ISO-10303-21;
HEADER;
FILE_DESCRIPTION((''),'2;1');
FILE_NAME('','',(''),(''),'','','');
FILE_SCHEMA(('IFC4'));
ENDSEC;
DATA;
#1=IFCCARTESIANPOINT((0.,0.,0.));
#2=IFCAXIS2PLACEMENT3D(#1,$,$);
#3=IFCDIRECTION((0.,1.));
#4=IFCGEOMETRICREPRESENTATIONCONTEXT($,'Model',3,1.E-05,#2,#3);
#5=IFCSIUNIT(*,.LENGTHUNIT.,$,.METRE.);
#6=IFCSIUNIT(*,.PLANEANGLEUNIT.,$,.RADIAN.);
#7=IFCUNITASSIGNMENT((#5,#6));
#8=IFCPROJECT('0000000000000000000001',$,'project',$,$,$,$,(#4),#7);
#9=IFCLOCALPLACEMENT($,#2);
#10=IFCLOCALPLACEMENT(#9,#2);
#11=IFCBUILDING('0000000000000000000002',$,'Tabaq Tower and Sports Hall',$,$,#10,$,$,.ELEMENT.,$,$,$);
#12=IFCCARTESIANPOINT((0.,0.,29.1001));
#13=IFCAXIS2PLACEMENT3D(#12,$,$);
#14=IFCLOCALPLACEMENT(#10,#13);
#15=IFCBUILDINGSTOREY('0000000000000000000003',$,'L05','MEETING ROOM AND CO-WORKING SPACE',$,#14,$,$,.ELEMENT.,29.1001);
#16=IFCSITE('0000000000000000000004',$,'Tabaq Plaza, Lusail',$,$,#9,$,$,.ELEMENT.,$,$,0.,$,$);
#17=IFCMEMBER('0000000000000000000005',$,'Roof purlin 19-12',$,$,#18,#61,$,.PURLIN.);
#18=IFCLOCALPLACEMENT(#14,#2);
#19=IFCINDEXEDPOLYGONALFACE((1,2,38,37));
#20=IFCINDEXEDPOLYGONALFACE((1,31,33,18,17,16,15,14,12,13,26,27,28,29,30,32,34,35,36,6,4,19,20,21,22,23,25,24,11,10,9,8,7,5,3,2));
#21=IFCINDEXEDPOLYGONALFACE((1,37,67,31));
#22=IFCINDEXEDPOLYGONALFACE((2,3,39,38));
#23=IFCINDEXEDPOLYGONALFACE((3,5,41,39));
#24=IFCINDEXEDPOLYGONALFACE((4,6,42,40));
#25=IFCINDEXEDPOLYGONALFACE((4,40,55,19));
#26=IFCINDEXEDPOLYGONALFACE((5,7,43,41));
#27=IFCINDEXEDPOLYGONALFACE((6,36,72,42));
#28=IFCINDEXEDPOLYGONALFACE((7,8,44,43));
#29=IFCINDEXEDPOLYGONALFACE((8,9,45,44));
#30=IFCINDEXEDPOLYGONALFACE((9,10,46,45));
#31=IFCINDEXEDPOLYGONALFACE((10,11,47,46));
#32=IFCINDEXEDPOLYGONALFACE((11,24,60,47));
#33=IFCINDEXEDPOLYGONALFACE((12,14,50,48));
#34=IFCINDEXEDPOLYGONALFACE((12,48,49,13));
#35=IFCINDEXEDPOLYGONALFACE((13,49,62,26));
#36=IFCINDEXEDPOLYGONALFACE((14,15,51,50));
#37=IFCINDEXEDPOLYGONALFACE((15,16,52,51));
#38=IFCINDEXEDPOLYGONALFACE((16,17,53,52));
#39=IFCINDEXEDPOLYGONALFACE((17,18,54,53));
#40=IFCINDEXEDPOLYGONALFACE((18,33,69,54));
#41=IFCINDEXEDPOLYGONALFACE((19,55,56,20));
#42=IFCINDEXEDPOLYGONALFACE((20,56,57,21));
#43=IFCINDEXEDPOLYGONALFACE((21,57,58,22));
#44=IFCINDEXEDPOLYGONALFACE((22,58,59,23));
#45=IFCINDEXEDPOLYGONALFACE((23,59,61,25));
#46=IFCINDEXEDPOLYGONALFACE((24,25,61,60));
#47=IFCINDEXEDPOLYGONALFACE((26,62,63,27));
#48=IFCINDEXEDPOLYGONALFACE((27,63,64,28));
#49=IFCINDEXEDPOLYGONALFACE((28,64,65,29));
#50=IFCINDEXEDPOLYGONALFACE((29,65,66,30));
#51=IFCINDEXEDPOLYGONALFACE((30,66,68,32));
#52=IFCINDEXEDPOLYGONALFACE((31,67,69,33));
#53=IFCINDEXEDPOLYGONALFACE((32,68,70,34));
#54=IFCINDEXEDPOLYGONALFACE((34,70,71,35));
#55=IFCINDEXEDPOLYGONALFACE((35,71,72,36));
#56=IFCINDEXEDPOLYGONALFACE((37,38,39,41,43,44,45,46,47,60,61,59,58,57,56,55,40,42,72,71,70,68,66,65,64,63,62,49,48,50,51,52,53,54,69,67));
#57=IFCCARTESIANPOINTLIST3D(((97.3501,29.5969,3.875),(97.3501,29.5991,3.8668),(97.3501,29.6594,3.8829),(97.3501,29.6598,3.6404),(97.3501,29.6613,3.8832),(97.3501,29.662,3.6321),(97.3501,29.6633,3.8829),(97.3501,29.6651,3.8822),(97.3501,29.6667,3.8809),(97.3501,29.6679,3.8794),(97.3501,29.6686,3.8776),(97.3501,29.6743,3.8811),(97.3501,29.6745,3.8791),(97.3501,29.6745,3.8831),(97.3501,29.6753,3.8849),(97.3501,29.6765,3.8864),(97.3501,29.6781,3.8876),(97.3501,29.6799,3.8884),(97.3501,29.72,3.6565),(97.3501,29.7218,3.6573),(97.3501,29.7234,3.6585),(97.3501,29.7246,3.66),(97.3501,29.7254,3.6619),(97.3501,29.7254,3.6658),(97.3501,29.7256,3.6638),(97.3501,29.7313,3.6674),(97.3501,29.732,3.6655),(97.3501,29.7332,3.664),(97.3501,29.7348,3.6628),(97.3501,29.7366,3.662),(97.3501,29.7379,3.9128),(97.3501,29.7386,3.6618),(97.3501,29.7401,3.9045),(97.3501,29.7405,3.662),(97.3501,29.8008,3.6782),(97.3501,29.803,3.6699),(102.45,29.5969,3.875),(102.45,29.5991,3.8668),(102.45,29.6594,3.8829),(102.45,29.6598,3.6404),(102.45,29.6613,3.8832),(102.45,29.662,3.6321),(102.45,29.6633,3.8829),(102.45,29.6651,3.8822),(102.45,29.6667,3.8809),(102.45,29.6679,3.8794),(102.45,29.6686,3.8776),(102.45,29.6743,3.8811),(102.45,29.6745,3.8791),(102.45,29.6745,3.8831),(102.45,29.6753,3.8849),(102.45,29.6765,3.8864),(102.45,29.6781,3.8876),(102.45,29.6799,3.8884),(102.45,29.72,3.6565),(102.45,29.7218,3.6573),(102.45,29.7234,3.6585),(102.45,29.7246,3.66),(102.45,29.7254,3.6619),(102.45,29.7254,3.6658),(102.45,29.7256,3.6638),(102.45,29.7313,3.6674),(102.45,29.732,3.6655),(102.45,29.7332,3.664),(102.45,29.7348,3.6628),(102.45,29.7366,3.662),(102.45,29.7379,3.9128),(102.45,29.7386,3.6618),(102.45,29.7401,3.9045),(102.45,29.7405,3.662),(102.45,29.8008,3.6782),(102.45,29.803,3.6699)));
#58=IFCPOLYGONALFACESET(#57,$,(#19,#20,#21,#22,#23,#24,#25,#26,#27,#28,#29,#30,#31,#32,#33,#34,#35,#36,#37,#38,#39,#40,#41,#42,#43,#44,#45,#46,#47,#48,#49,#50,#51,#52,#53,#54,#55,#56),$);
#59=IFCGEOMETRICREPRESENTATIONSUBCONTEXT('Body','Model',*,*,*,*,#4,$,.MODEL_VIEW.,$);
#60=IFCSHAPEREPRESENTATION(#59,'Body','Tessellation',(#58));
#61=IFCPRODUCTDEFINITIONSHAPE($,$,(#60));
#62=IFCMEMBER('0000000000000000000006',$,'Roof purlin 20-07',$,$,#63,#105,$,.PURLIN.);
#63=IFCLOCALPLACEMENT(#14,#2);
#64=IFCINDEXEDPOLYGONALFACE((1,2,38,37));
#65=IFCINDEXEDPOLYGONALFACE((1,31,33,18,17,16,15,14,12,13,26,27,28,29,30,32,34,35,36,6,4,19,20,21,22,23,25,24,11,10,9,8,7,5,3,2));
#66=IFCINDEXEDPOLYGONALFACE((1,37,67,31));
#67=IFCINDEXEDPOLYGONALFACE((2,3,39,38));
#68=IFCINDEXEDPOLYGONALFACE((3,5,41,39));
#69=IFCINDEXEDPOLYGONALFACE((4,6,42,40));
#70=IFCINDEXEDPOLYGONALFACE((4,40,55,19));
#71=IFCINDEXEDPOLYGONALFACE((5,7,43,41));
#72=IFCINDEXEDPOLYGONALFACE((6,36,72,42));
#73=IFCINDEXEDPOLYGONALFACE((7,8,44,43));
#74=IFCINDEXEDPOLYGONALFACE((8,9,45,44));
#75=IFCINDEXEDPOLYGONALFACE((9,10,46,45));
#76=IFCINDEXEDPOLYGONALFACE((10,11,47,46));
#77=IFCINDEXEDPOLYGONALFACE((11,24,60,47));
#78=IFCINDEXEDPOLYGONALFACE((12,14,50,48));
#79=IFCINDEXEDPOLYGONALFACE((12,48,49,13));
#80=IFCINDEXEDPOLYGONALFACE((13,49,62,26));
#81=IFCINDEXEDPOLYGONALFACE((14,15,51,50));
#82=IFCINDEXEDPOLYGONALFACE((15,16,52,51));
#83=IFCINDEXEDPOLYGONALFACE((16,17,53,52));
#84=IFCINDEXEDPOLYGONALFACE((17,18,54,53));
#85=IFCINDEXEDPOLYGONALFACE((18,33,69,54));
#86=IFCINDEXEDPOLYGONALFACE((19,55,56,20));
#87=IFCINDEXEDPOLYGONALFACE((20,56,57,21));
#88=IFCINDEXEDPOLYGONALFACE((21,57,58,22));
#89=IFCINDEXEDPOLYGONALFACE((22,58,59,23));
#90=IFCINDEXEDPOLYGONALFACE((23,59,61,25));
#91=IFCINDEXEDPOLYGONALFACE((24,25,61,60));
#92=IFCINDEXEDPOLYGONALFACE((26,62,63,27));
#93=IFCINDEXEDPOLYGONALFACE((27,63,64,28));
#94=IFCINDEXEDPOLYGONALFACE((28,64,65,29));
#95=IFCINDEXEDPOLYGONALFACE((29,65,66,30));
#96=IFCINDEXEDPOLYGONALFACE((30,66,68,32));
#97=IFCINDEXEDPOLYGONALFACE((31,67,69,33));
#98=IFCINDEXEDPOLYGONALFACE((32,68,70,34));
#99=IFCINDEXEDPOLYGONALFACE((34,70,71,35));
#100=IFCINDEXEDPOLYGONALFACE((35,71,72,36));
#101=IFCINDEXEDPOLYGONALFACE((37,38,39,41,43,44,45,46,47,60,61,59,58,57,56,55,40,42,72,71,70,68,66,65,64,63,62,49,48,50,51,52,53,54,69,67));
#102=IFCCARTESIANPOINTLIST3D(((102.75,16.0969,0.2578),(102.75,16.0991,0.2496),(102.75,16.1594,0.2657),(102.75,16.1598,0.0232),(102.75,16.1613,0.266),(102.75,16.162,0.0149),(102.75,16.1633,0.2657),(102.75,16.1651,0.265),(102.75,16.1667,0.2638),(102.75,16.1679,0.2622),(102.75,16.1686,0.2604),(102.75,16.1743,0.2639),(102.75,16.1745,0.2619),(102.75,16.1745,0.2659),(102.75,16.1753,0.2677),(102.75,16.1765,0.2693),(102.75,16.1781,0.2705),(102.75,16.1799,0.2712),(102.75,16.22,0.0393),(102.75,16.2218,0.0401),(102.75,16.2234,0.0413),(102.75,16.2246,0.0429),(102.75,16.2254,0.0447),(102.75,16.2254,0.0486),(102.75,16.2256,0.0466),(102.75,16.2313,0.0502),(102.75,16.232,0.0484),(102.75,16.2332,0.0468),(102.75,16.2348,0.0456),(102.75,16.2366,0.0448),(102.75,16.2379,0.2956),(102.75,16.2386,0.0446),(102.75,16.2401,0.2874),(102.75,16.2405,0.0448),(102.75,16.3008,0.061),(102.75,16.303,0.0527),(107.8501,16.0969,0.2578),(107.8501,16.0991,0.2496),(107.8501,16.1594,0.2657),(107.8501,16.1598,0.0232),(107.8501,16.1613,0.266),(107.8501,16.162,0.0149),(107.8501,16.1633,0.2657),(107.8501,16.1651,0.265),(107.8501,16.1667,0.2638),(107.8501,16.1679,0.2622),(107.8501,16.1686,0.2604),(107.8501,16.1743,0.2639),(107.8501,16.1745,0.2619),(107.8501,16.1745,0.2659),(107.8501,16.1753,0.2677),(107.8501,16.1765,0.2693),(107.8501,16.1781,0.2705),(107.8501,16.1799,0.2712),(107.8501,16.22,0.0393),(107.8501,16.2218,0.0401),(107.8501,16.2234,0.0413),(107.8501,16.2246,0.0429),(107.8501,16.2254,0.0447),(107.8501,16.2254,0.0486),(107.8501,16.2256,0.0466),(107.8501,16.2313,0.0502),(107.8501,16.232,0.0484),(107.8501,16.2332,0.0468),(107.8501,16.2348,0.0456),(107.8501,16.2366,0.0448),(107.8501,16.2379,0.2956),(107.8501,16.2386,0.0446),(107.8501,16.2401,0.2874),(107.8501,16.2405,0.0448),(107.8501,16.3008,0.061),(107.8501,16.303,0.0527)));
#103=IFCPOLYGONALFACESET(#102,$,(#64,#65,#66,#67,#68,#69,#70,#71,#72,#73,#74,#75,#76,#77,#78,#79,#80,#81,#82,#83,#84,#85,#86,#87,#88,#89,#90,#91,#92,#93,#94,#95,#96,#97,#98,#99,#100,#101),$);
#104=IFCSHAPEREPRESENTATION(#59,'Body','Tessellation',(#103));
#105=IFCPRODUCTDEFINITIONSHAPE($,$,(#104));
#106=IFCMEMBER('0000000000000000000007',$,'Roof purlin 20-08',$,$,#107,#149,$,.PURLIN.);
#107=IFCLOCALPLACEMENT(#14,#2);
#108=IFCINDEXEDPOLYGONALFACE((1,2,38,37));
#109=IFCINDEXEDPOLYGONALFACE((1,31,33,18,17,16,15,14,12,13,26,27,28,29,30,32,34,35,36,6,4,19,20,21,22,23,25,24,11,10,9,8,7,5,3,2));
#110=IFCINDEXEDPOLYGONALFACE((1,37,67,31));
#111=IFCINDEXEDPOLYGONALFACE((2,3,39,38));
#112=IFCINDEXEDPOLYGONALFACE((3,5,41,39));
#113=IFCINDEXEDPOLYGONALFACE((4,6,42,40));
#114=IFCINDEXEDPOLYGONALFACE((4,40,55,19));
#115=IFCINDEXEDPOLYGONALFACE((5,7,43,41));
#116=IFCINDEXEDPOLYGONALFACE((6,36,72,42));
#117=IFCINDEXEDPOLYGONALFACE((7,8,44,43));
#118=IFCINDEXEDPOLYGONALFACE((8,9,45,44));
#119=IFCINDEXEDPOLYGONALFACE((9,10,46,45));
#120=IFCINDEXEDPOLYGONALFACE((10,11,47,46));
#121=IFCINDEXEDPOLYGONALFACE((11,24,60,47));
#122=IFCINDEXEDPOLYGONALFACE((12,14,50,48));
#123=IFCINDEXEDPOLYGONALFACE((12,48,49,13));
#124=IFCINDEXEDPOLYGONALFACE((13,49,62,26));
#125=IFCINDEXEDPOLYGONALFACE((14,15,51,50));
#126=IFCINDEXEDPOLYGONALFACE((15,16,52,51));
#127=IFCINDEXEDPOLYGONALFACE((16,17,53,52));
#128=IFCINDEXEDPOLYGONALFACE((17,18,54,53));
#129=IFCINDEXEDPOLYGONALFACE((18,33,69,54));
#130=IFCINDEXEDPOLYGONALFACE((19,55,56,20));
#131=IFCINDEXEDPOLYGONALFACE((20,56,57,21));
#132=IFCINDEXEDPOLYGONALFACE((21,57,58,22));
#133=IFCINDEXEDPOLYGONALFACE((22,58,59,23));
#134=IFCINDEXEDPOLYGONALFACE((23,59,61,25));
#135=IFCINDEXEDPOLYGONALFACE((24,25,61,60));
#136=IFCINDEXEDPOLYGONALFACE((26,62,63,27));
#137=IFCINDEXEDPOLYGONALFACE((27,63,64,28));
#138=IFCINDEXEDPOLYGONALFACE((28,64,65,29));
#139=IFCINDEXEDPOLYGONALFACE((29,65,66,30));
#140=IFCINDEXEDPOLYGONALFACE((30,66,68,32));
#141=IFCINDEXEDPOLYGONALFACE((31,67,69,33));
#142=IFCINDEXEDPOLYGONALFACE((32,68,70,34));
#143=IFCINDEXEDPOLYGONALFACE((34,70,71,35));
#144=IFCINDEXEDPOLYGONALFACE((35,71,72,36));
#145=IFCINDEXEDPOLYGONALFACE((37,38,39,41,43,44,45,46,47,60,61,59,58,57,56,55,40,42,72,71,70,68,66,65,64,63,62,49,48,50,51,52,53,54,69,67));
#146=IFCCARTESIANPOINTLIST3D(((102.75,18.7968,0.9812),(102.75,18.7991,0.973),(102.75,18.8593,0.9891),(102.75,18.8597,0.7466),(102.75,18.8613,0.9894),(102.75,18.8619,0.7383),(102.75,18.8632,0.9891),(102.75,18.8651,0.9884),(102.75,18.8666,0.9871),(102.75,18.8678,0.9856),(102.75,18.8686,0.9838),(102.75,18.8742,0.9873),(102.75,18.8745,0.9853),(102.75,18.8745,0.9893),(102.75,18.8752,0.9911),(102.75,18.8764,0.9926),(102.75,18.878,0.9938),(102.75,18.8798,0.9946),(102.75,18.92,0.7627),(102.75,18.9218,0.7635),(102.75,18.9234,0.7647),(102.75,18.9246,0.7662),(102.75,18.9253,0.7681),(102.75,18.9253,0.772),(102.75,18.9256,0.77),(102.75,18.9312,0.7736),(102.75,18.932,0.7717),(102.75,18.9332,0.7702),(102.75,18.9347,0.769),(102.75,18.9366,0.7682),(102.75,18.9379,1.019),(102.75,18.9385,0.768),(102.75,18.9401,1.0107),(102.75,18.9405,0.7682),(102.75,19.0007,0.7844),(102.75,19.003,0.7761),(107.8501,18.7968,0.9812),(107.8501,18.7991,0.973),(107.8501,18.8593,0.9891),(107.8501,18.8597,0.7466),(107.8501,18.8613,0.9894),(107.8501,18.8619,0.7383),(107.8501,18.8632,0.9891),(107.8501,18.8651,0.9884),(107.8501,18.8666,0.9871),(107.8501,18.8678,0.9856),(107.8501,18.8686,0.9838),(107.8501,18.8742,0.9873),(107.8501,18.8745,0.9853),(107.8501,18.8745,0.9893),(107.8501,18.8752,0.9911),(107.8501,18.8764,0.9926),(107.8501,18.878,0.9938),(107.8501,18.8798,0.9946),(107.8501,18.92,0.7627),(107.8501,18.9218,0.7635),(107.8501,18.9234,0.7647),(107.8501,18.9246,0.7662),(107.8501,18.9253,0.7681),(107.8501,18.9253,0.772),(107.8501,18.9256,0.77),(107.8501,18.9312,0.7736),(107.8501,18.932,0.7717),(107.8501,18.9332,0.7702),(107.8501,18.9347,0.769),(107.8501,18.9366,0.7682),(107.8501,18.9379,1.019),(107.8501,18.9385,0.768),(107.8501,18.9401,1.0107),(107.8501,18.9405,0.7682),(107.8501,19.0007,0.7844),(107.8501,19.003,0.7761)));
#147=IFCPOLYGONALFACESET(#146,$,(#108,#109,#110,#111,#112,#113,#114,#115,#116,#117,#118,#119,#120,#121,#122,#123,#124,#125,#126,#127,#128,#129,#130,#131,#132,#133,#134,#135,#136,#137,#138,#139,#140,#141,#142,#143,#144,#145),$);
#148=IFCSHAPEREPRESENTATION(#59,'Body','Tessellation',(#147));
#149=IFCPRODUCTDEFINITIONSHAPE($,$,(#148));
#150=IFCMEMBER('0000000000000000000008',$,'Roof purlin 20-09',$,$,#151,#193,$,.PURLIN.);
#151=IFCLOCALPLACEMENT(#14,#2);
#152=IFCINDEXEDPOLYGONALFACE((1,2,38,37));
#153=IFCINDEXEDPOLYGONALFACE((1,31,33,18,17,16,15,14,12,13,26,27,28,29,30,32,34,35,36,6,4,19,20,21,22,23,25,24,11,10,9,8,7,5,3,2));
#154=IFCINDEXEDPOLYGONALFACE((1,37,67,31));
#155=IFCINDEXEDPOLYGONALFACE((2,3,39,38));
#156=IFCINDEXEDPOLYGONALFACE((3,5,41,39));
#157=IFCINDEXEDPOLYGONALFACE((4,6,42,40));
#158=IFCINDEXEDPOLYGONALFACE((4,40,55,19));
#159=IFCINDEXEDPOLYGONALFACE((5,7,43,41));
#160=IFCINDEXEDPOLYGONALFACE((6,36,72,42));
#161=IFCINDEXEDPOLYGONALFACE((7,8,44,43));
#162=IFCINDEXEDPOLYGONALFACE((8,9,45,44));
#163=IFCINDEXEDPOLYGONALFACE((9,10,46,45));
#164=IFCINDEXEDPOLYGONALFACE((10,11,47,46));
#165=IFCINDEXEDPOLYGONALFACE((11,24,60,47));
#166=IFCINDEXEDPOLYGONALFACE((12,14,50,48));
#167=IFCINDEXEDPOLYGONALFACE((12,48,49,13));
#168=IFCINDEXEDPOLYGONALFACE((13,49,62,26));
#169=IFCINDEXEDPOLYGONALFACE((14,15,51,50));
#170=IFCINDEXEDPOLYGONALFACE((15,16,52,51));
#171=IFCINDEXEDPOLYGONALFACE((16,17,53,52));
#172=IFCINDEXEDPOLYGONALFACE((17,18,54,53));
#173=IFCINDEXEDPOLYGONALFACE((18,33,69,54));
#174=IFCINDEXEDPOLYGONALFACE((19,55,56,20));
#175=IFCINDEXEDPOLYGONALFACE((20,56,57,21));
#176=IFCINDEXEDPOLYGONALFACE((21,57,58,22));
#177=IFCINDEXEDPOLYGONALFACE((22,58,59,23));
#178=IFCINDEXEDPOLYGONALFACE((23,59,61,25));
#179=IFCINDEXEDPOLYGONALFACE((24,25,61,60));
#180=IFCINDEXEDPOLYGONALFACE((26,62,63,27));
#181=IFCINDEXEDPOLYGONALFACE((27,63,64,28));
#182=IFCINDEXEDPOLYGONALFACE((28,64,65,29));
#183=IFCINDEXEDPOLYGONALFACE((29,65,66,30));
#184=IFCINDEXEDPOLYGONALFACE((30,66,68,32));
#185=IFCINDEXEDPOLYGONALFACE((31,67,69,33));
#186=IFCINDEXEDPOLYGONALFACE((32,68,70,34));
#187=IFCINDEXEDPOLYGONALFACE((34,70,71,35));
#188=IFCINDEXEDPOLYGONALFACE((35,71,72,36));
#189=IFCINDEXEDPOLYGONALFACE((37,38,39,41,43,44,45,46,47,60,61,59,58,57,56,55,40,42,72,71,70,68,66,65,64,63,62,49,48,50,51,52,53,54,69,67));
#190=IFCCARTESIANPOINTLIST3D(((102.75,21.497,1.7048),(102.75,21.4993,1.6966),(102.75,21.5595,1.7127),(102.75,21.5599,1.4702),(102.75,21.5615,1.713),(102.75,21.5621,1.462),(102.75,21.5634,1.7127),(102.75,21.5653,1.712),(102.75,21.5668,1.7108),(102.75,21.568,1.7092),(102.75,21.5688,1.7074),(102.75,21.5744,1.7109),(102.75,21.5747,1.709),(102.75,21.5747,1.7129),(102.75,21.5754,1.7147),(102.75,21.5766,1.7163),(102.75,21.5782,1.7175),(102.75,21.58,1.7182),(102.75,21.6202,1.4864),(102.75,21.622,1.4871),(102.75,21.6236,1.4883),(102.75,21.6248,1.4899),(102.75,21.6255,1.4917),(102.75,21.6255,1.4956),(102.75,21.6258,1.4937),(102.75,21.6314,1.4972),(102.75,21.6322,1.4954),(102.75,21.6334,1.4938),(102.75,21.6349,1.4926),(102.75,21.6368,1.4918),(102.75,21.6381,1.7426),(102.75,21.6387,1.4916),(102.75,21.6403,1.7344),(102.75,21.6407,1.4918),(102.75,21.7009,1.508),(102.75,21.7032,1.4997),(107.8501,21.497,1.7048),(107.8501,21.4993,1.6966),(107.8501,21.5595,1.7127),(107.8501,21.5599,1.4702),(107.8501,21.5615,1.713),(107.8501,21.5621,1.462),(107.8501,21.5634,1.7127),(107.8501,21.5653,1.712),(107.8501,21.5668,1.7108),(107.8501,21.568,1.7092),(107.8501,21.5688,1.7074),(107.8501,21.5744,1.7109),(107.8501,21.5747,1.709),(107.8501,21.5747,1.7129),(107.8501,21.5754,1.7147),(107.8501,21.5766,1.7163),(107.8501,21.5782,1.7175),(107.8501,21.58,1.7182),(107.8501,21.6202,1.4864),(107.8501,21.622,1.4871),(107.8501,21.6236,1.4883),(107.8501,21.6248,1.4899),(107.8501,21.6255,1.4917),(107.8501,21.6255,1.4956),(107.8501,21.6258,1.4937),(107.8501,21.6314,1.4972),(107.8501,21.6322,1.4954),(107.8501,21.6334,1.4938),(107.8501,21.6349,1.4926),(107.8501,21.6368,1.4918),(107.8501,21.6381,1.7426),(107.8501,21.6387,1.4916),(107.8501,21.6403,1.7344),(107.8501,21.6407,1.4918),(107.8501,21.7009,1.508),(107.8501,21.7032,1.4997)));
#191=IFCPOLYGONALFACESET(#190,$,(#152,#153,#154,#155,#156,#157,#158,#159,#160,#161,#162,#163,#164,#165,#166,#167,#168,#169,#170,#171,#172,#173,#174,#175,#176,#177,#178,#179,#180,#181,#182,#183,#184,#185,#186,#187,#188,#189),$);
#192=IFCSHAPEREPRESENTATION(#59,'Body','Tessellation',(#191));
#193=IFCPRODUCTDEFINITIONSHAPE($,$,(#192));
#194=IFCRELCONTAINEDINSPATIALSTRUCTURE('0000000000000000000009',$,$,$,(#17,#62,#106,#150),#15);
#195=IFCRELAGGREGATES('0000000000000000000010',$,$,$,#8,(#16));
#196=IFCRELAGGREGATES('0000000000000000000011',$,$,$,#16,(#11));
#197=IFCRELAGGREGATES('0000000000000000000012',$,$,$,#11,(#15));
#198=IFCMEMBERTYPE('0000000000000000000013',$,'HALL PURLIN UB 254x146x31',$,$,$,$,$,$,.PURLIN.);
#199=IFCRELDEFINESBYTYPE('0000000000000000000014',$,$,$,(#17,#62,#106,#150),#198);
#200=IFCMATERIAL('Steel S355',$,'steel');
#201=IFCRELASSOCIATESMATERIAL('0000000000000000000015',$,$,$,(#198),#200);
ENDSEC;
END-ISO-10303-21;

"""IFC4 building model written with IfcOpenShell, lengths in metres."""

from ifc_helpers import new_model, si_unit, direction, frame, origin, origin_2d, place, context, subcontext, project, spatial, i_section, extrude, material, material_profile, profile_set, type_object, element, save


model = new_model("IFC4")

# Units and contexts
model_context = context("Model", 3, precision=1e-05, world=origin(), true_north=direction((0.0, 1.0)))
body_context = subcontext(model_context, "Body", "Model", "MODEL_VIEW")
ifc_project = project(units=[si_unit("LENGTHUNIT", "METRE"), si_unit("PLANEANGLEUNIT", "RADIAN")], contexts=[model_context])

# Site, building, storey
site_placement = place(None, origin())
site = spatial("IfcSite", under=ifc_project, at=site_placement, Name="Tabaq Plaza, Lusail", CompositionType="ELEMENT", RefElevation=0.0)
building_placement = place(site_placement, origin())
building = spatial("IfcBuilding", under=site, at=building_placement, Name="Tabaq Tower and Sports Hall", CompositionType="ELEMENT")
storey_placement = place(building_placement, frame((0.0, 0.0, 29.1001)))
storey = spatial("IfcBuildingStorey", under=building, at=storey_placement, Name="L05", Description="MEETING ROOM AND CO-WORKING SPACE", CompositionType="ELEMENT", Elevation=29.1001)

# Members
ifc_material_1 = material(Name="Steel S355", Category="steel")
ifc_material_profile_1 = material_profile(ifc_material_1, i_section(OverallWidth=0.146, OverallDepth=0.2515, WebThickness=0.0061, FlangeThickness=0.0085, FilletRadius=0.0076, at=origin_2d()), Name="UB 254x146x31")
ifc_profile_set_1 = profile_set([ifc_material_profile_1], Name="Steel S355")
member_type_1 = type_object("IfcMemberType", Name="HALL PURLIN UB 254x146x31", PredefinedType="PURLIN", material=ifc_profile_set_1)
for number, where, z_axis, x_axis, name in (
    (1, (97.3501, 29.7, 3.7725), (1.0, 0.0, 0.0), (0.0, 0.965926, 0.258819), "Roof purlin 19-12"),
):
    element("IfcMember", number, at=place(storey_placement, frame(where, z_axis=z_axis, x_axis=x_axis)), inside=storey, type_object=member_type_1, Name=name, PredefinedType="PURLIN", context=body_context, shape_type="SweptSolid", body=[
        extrude(i_section(OverallWidth=0.146, OverallDepth=0.2515, WebThickness=0.0061, FlangeThickness=0.0085, FilletRadius=0.0076, at=origin_2d()), origin(), (0.0, 0.0, 1.0), 5.0999),
    ])
for number, where, z_axis, x_axis, name in (
    (2, (102.75, 16.2, 0.1553), (1.0, 0.0, 0.0), (0.0, 0.965926, 0.258819), "Roof purlin 20-07"),
    (3, (102.75, 18.8999, 0.8787), (1.0, 0.0, 0.0), (0.0, 0.965926, 0.258819), "Roof purlin 20-08"),
    (4, (102.75, 21.6001, 1.6023), (1.0, 0.0, 0.0), (0.0, 0.965926, 0.258819), "Roof purlin 20-09"),
):
    element("IfcMember", number, at=place(storey_placement, frame(where, z_axis=z_axis, x_axis=x_axis)), inside=storey, type_object=member_type_1, Name=name, PredefinedType="PURLIN", context=body_context, shape_type="SweptSolid", body=[
        extrude(i_section(OverallWidth=0.146, OverallDepth=0.2515, WebThickness=0.0061, FlangeThickness=0.0085, FilletRadius=0.0076, at=origin_2d()), origin(), (0.0, 0.0, 1.0), 5.1001),
    ])

save(model, "model.ifc")
